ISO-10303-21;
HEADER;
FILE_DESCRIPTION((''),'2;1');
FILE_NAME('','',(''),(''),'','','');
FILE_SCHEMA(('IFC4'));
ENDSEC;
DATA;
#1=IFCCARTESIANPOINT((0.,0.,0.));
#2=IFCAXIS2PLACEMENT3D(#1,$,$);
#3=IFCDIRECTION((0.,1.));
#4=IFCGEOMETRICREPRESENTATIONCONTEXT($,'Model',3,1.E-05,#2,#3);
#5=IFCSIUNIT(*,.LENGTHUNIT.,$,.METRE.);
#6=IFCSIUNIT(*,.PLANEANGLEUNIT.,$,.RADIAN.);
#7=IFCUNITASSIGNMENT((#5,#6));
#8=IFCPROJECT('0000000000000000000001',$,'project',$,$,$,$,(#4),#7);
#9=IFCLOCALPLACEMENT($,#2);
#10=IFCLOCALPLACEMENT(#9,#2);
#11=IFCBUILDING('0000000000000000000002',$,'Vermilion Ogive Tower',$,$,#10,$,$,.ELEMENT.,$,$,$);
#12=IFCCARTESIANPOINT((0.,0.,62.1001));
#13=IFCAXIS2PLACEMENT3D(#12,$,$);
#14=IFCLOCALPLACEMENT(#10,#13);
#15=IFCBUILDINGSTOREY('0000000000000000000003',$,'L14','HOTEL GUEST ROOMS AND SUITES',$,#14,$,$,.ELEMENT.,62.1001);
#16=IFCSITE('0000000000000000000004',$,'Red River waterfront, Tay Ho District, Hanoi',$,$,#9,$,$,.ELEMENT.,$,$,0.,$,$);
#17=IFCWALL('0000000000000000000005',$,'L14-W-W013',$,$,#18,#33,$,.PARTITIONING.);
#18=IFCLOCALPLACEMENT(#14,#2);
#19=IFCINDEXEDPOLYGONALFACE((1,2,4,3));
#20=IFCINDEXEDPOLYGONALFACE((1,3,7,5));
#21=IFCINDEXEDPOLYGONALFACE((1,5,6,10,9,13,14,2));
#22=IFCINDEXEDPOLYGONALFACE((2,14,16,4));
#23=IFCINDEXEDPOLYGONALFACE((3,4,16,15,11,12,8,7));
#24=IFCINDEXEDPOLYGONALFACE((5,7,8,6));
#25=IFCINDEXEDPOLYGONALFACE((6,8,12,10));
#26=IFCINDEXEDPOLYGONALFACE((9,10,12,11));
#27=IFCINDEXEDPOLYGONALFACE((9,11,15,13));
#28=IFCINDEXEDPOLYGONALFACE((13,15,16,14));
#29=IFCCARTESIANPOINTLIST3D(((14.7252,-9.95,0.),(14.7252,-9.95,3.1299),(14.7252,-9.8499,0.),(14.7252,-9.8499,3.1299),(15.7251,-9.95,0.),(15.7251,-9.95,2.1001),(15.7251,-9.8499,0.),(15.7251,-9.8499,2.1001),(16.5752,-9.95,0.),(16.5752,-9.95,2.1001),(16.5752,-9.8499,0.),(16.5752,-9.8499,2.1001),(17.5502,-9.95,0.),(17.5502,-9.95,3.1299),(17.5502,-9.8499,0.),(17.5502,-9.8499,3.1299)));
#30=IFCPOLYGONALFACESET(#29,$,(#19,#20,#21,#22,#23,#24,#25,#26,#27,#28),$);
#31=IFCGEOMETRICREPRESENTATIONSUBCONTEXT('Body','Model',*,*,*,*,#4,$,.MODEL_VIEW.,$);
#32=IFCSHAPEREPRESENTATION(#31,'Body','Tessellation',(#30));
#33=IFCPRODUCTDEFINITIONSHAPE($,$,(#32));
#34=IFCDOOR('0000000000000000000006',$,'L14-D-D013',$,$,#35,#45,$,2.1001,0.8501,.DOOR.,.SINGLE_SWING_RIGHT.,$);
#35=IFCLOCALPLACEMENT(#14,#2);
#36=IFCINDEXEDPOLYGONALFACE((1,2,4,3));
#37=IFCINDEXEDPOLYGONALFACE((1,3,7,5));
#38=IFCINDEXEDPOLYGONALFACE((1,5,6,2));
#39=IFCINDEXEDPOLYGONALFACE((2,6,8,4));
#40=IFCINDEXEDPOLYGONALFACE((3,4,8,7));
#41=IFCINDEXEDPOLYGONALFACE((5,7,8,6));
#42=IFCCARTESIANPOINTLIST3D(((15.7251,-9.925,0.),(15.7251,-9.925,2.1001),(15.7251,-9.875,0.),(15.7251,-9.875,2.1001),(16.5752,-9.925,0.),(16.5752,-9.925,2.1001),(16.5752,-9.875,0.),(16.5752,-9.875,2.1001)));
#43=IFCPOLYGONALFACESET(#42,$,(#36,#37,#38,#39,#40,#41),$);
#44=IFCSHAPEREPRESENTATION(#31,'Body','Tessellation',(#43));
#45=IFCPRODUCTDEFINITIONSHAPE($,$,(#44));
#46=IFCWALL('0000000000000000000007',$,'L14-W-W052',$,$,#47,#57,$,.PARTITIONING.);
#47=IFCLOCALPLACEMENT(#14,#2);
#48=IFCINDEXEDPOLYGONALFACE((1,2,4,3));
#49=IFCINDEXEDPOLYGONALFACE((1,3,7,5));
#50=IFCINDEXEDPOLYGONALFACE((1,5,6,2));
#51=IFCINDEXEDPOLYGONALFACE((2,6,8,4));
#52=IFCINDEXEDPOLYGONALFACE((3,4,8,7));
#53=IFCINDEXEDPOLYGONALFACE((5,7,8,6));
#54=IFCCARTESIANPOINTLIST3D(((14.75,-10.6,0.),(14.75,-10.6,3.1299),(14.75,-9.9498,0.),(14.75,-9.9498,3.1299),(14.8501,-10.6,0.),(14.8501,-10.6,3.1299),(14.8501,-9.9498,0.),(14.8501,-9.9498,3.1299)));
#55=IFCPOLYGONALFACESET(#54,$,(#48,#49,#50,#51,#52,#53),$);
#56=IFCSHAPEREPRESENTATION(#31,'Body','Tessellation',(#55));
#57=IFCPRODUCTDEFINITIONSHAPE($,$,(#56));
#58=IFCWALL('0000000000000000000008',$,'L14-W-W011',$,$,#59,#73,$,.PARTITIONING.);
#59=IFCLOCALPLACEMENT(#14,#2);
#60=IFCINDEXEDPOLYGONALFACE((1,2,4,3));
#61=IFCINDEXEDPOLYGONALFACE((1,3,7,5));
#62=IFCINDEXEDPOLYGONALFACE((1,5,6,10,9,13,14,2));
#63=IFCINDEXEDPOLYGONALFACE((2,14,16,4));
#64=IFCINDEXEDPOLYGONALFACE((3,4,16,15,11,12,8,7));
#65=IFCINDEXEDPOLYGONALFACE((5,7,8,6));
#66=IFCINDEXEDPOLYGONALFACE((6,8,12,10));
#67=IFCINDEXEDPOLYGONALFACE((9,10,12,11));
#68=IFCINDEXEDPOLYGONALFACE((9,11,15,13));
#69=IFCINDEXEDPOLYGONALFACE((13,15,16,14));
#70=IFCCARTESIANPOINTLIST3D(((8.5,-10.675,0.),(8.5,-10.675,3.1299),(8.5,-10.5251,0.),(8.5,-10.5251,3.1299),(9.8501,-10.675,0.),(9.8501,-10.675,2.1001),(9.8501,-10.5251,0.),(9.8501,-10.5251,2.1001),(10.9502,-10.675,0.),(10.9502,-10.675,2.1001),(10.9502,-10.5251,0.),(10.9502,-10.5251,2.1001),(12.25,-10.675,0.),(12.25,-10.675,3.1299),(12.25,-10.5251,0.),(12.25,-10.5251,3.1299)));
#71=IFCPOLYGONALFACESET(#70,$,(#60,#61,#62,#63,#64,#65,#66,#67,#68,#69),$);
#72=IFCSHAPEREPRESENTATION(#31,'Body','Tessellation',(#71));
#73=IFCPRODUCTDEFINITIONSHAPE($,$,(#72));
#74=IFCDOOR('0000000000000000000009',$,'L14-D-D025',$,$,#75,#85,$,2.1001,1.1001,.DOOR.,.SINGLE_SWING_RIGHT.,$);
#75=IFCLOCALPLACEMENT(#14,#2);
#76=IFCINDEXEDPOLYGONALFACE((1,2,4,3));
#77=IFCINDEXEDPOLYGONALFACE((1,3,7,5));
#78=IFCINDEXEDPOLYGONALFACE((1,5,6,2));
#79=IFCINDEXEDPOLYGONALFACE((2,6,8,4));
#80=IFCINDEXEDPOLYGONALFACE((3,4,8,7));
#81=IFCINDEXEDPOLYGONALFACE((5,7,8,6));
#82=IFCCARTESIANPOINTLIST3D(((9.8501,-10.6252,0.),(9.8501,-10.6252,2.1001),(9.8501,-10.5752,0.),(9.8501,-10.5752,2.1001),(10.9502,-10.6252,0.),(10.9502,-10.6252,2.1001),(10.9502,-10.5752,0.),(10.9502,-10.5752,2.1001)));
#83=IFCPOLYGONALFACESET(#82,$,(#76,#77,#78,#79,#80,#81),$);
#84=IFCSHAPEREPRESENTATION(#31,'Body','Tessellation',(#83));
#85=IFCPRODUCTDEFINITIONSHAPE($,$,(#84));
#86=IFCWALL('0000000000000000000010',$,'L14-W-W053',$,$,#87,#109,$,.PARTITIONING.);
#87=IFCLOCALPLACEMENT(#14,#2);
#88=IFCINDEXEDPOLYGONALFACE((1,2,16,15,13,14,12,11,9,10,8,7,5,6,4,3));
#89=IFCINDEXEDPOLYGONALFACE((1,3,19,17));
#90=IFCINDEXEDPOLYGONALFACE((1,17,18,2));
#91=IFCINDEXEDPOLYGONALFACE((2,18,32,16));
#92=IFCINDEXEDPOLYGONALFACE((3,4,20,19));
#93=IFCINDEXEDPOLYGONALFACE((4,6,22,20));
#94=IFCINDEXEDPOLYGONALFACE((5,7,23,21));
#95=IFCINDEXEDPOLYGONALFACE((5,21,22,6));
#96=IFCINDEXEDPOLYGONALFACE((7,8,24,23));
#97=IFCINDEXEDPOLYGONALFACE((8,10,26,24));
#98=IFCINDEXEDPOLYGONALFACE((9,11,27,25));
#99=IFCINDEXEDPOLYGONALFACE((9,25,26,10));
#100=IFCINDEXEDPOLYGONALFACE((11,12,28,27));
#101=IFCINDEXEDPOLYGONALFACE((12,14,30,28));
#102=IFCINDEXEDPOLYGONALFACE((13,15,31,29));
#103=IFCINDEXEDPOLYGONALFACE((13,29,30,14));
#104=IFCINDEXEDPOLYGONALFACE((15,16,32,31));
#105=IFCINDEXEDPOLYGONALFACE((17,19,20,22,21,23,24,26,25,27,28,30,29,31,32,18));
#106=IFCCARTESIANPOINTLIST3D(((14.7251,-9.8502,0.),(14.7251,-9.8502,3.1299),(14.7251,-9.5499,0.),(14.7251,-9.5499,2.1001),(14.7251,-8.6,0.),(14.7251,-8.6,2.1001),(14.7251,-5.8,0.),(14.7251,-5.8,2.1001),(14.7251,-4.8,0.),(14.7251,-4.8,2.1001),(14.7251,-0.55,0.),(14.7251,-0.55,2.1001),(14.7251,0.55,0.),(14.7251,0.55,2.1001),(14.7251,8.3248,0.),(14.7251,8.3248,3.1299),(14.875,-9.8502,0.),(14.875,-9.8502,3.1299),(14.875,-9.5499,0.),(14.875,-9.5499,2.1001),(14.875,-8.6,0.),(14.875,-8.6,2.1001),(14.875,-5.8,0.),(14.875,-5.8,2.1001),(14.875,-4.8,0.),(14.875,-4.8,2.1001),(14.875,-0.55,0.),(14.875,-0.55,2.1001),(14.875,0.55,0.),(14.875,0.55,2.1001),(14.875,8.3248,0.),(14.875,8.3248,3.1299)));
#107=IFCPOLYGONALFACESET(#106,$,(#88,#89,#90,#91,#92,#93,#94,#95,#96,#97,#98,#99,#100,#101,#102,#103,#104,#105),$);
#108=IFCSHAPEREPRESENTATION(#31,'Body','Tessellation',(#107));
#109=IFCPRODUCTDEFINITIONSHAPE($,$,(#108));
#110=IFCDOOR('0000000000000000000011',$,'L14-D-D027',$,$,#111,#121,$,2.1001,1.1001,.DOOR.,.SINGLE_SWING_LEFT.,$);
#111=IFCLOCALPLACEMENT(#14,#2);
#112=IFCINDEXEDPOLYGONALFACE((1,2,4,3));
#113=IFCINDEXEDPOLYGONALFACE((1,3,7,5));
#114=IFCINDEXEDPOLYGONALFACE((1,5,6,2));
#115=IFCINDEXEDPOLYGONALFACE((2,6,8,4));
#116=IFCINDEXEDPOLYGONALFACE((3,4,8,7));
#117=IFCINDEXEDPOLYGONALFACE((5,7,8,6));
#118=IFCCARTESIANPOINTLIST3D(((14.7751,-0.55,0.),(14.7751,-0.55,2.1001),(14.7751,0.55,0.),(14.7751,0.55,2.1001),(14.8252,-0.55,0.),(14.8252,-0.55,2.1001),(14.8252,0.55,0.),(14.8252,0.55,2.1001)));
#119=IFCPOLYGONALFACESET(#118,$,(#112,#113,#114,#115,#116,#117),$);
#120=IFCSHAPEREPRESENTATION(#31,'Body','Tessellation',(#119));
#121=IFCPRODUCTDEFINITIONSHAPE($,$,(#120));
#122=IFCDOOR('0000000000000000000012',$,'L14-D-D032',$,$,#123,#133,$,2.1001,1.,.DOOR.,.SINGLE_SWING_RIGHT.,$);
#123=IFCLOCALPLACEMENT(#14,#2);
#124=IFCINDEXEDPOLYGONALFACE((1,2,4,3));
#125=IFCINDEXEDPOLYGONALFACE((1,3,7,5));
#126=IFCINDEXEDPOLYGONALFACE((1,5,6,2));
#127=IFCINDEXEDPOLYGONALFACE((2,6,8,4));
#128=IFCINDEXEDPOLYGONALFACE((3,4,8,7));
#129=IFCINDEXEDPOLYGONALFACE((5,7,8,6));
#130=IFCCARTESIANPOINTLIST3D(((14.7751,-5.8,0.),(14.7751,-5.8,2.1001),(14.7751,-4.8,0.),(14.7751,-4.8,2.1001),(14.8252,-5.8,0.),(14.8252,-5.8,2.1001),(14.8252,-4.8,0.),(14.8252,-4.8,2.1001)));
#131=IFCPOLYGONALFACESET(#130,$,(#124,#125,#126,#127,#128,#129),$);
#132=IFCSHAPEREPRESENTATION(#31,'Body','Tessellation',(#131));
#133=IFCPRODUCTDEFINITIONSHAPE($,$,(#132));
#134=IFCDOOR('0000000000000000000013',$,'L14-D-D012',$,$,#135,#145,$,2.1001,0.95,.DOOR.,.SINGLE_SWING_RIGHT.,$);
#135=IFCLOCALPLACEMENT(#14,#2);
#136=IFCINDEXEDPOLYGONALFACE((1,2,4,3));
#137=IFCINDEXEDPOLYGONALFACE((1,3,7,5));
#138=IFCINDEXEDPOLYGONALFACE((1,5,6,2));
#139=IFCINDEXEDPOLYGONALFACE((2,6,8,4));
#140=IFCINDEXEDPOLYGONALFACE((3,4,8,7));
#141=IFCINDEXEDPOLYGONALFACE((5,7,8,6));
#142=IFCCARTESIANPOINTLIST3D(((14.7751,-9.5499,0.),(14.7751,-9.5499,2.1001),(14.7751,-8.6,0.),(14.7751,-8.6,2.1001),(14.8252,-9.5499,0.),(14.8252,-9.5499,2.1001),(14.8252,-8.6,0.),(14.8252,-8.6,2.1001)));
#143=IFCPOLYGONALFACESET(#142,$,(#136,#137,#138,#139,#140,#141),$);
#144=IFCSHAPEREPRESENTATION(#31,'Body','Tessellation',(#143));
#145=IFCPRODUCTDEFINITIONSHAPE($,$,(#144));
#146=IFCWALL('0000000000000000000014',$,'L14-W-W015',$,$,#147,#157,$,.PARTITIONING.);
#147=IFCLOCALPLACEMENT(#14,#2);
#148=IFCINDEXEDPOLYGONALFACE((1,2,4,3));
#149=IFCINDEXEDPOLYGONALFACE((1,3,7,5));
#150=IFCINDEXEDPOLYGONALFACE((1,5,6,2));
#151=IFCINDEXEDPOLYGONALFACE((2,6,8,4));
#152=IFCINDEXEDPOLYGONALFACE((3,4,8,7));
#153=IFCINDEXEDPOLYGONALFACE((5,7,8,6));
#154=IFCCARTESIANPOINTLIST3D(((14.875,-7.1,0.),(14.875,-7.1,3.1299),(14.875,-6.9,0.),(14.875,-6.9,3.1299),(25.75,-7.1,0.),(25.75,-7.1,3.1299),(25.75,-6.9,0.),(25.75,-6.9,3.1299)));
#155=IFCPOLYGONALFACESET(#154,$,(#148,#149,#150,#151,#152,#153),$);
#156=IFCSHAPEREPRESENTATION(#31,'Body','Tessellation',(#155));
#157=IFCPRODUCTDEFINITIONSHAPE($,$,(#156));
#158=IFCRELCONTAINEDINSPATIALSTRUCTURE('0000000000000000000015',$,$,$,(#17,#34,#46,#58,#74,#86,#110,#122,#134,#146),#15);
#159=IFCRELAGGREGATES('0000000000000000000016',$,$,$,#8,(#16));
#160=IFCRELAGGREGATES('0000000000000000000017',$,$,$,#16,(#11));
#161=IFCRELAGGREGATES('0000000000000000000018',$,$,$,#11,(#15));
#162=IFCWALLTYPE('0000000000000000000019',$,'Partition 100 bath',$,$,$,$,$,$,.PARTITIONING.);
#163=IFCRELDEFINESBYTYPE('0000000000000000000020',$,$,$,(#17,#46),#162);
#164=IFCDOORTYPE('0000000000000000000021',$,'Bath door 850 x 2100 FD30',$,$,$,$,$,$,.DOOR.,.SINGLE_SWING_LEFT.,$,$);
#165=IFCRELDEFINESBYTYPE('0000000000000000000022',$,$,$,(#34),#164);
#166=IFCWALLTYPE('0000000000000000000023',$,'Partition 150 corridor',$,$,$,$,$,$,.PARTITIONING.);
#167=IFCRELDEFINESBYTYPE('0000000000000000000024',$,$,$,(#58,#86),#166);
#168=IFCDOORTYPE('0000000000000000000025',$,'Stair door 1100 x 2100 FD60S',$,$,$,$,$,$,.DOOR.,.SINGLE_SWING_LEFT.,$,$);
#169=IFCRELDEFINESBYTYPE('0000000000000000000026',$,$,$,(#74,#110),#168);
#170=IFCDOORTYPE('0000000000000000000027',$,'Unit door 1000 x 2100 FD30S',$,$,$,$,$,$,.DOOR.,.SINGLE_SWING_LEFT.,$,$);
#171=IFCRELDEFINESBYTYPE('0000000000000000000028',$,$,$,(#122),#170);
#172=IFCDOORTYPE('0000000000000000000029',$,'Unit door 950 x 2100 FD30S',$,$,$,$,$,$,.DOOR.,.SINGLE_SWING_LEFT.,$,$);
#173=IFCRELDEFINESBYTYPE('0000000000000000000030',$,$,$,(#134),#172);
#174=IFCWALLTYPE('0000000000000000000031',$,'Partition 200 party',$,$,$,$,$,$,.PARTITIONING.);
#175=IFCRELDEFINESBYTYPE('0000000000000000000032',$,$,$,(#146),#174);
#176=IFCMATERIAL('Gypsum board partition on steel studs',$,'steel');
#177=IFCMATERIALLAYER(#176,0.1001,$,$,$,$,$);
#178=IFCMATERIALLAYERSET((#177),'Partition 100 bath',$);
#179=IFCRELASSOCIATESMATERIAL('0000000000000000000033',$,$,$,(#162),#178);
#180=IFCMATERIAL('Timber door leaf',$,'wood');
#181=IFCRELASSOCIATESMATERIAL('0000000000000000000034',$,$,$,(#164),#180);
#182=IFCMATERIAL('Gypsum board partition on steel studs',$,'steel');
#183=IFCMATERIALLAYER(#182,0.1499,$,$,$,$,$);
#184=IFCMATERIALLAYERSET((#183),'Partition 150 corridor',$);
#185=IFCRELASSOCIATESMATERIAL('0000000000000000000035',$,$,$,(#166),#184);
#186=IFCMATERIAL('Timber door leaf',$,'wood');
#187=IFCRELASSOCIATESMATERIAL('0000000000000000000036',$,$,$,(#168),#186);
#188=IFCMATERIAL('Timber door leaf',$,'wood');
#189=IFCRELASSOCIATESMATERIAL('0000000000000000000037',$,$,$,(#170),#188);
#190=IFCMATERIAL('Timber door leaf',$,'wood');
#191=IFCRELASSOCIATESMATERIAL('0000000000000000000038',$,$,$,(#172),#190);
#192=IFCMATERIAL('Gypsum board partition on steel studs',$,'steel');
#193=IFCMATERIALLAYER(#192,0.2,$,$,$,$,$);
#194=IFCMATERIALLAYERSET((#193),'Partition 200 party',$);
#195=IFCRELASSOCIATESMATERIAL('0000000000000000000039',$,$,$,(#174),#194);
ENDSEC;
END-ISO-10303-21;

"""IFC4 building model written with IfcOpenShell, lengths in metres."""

from ifc_helpers import new_model, si_unit, direction, frame, frame_2d, origin, place, context, subcontext, project, spatial, rectangle, extrude, material, layer, layer_set, type_object, element, fill, save


model = new_model("IFC4")

# Units and contexts
model_context = context("Model", 3, precision=1e-05, world=origin(), true_north=direction((0.0, 1.0)))
body_context = subcontext(model_context, "Body", "Model", "MODEL_VIEW")
ifc_project = project(units=[si_unit("LENGTHUNIT", "METRE"), si_unit("PLANEANGLEUNIT", "RADIAN")], contexts=[model_context])

# Site, building, storey
site_placement = place(None, origin())
site = spatial("IfcSite", under=ifc_project, at=site_placement, Name="Red River waterfront, Tay Ho District, Hanoi", CompositionType="ELEMENT", RefElevation=0.0)
building_placement = place(site_placement, origin())
building = spatial("IfcBuilding", under=site, at=building_placement, Name="Vermilion Ogive Tower", CompositionType="ELEMENT")
storey_placement = place(building_placement, frame((0.0, 0.0, 62.1001)))
storey = spatial("IfcBuildingStorey", under=building, at=storey_placement, Name="L14", Description="HOTEL GUEST ROOMS AND SUITES", CompositionType="ELEMENT", Elevation=62.1001)

# Wall, opening, door
ifc_material_1 = material(Name="Gypsum board partition on steel studs", Category="steel")
ifc_layer_1 = layer(ifc_material_1, 0.1001)
ifc_layer_set_1 = layer_set([ifc_layer_1], Name="Partition 100 bath")
wall_type_1 = type_object("IfcWallType", Name="Partition 100 bath", PredefinedType="PARTITIONING", material=ifc_layer_set_1)
wall_1_placement = place(storey_placement, frame((14.7251, -9.8999, 0.0), z_axis=(0.0, 0.0, 1.0), x_axis=(1.0, 0.0, 0.0)))
wall_1 = element("IfcWall", 1, at=wall_1_placement, inside=storey, type_object=wall_type_1, Name="L14-W-W013", PredefinedType="PARTITIONING", context=body_context, shape_type="SweptSolid", body=[
    extrude(rectangle(XDim=2.825, YDim=0.1001, at=frame_2d((1.4126, 0.0))), origin(), (0.0, 0.0, 1.0), 3.1299),
])
opening_1_placement = place(wall_1_placement, frame((1.0, 0.0, 0.0)))
opening_1 = element("IfcOpeningElement", 2, at=opening_1_placement, cuts=wall_1, PredefinedType="OPENING", context=body_context, shape_type="SweptSolid", body=[
    extrude(rectangle(XDim=0.8501, YDim=2.1001, at=frame_2d((0.425, 1.05))), frame((0.0, 0.0601, 0.0), z_axis=(0.0, -1.0, 0.0), x_axis=(1.0, 0.0, 0.0)), (0.0, 0.0, 1.0), 0.1201),
])
ifc_material_2 = material(Name="Timber door leaf", Category="wood")
door_type_1 = type_object("IfcDoorType", Name="Bath door 850 x 2100 FD30", OperationType="SINGLE_SWING_LEFT", PredefinedType="DOOR", material=ifc_material_2)
door_1_placement = place(opening_1_placement, origin())
door_1 = element("IfcDoor", 3, at=door_1_placement, inside=storey, type_object=door_type_1, Name="L14-D-D013", OperationType="SINGLE_SWING_RIGHT", OverallHeight=2.1001, OverallWidth=0.8501, PredefinedType="DOOR", context=body_context, shape_type="SweptSolid", body=[
    extrude(rectangle(XDim=0.8501, YDim=2.1001, at=frame_2d((0.425, 1.05))), frame((0.0, 0.0249, 0.0), z_axis=(0.0, -1.0, 0.0), x_axis=(1.0, 0.0, 0.0)), (0.0, 0.0, 1.0), 0.05),
])
fill(opening_1, door_1)

# Wall
wall_2_placement = place(storey_placement, frame((14.8, -10.6001, 0.0), z_axis=(0.0, 0.0, 1.0), x_axis=(0.0, 1.0, 0.0)))
element("IfcWall", 4, at=wall_2_placement, inside=storey, type_object=wall_type_1, Name="L14-W-W052", PredefinedType="PARTITIONING", context=body_context, shape_type="SweptSolid", body=[
    extrude(rectangle(XDim=0.6501, YDim=0.1001, at=frame_2d((0.3252, 0.0))), origin(), (0.0, 0.0, 1.0), 3.1299),
])

# Wall, opening, door
ifc_material_3 = material(Name="Gypsum board partition on steel studs", Category="steel")
ifc_layer_2 = layer(ifc_material_3, 0.1499)
ifc_layer_set_2 = layer_set([ifc_layer_2], Name="Partition 150 corridor")
wall_type_2 = type_object("IfcWallType", Name="Partition 150 corridor", PredefinedType="PARTITIONING", material=ifc_layer_set_2)
wall_3_placement = place(storey_placement, frame((8.5, -10.6001, 0.0), z_axis=(0.0, 0.0, 1.0), x_axis=(1.0, 0.0, 0.0)))
wall_3 = element("IfcWall", 5, at=wall_3_placement, inside=storey, type_object=wall_type_2, Name="L14-W-W011", PredefinedType="PARTITIONING", context=body_context, shape_type="SweptSolid", body=[
    extrude(rectangle(XDim=3.75, YDim=0.1499, at=frame_2d((1.875, 0.0))), origin(), (0.0, 0.0, 1.0), 3.1299),
])
opening_2_placement = place(wall_3_placement, frame((1.3501, 0.0, 0.0)))
opening_2 = element("IfcOpeningElement", 6, at=opening_2_placement, cuts=wall_3, PredefinedType="OPENING", context=body_context, shape_type="SweptSolid", body=[
    extrude(rectangle(XDim=1.1001, YDim=2.1001, at=frame_2d((0.55, 1.05))), frame((0.0, 0.085, 0.0), z_axis=(0.0, -1.0, 0.0), x_axis=(1.0, 0.0, 0.0)), (0.0, 0.0, 1.0), 0.1699),
])
ifc_material_4 = material(Name="Timber door leaf", Category="wood")
door_type_2 = type_object("IfcDoorType", Name="Stair door 1100 x 2100 FD60S", OperationType="SINGLE_SWING_LEFT", PredefinedType="DOOR", material=ifc_material_4)
door_2_placement = place(opening_2_placement, origin())
door_2 = element("IfcDoor", 7, at=door_2_placement, inside=storey, type_object=door_type_2, Name="L14-D-D025", OperationType="SINGLE_SWING_RIGHT", OverallHeight=2.1001, OverallWidth=1.1001, PredefinedType="DOOR", context=body_context, shape_type="SweptSolid", body=[
    extrude(rectangle(XDim=1.1001, YDim=2.1001, at=frame_2d((0.55, 1.05))), frame((0.0, 0.0249, 0.0), z_axis=(0.0, -1.0, 0.0), x_axis=(1.0, 0.0, 0.0)), (0.0, 0.0, 1.0), 0.05),
])
fill(opening_2, door_2)

# Wall, openings, doors
wall_4_placement = place(storey_placement, frame((14.8, -9.8501, 0.0), z_axis=(0.0, 0.0, 1.0), x_axis=(0.0, 1.0, 0.0)))
wall_4 = element("IfcWall", 8, at=wall_4_placement, inside=storey, type_object=wall_type_2, Name="L14-W-W053", PredefinedType="PARTITIONING", context=body_context, shape_type="SweptSolid", body=[
    extrude(rectangle(XDim=18.175, YDim=0.1499, at=frame_2d((9.0874, 0.0))), origin(), (0.0, 0.0, 1.0), 3.1299),
])
opening_3_placement = place(wall_4_placement, frame((0.3, 0.0, 0.0)))
opening_3 = element("IfcOpeningElement", 9, at=opening_3_placement, cuts=wall_4, PredefinedType="OPENING", context=body_context, shape_type="SweptSolid", body=[
    extrude(rectangle(XDim=0.95, YDim=2.1001, at=frame_2d((0.4751, 1.05))), frame((0.0, 0.085, 0.0), z_axis=(0.0, -1.0, 0.0), x_axis=(1.0, 0.0, 0.0)), (0.0, 0.0, 1.0), 0.1699),
])
opening_4_placement = place(wall_4_placement, frame((9.3, 0.0, 0.0)))
opening_4 = element("IfcOpeningElement", 10, at=opening_4_placement, cuts=wall_4, PredefinedType="OPENING", context=body_context, shape_type="SweptSolid", body=[
    extrude(rectangle(XDim=1.1001, YDim=2.1001, at=frame_2d((0.55, 1.05))), frame((0.0, 0.085, 0.0), z_axis=(0.0, -1.0, 0.0), x_axis=(1.0, 0.0, 0.0)), (0.0, 0.0, 1.0), 0.1699),
])
opening_5_placement = place(wall_4_placement, frame((4.05, 0.0, 0.0)))
opening_5 = element("IfcOpeningElement", 11, at=opening_5_placement, cuts=wall_4, PredefinedType="OPENING", context=body_context, shape_type="SweptSolid", body=[
    extrude(rectangle(XDim=1.0, YDim=2.1001, at=frame_2d((0.5, 1.05))), frame((0.0, 0.085, 0.0), z_axis=(0.0, -1.0, 0.0), x_axis=(1.0, 0.0, 0.0)), (0.0, 0.0, 1.0), 0.1699),
])
door_3_placement = place(opening_4_placement, origin())
door_3 = element("IfcDoor", 12, at=door_3_placement, inside=storey, type_object=door_type_2, Name="L14-D-D027", OperationType="SINGLE_SWING_LEFT", OverallHeight=2.1001, OverallWidth=1.1001, PredefinedType="DOOR", context=body_context, shape_type="SweptSolid", body=[
    extrude(rectangle(XDim=1.1001, YDim=2.1001, at=frame_2d((0.55, 1.05))), frame((0.0, 0.0249, 0.0), z_axis=(0.0, -1.0, 0.0), x_axis=(1.0, 0.0, 0.0)), (0.0, 0.0, 1.0), 0.05),
])
fill(opening_4, door_3)
ifc_material_5 = material(Name="Timber door leaf", Category="wood")
door_type_3 = type_object("IfcDoorType", Name="Unit door 1000 x 2100 FD30S", OperationType="SINGLE_SWING_LEFT", PredefinedType="DOOR", material=ifc_material_5)
door_4_placement = place(opening_5_placement, origin())
door_4 = element("IfcDoor", 13, at=door_4_placement, inside=storey, type_object=door_type_3, Name="L14-D-D032", OperationType="SINGLE_SWING_RIGHT", OverallHeight=2.1001, OverallWidth=1.0, PredefinedType="DOOR", context=body_context, shape_type="SweptSolid", body=[
    extrude(rectangle(XDim=1.0, YDim=2.1001, at=frame_2d((0.5, 1.05))), frame((0.0, 0.0249, 0.0), z_axis=(0.0, -1.0, 0.0), x_axis=(1.0, 0.0, 0.0)), (0.0, 0.0, 1.0), 0.05),
])
fill(opening_5, door_4)
ifc_material_6 = material(Name="Timber door leaf", Category="wood")
door_type_4 = type_object("IfcDoorType", Name="Unit door 950 x 2100 FD30S", OperationType="SINGLE_SWING_LEFT", PredefinedType="DOOR", material=ifc_material_6)
door_5_placement = place(opening_3_placement, origin())
door_5 = element("IfcDoor", 14, at=door_5_placement, inside=storey, type_object=door_type_4, Name="L14-D-D012", OperationType="SINGLE_SWING_RIGHT", OverallHeight=2.1001, OverallWidth=0.95, PredefinedType="DOOR", context=body_context, shape_type="SweptSolid", body=[
    extrude(rectangle(XDim=0.95, YDim=2.1001, at=frame_2d((0.4751, 1.05))), frame((0.0, 0.0249, 0.0), z_axis=(0.0, -1.0, 0.0), x_axis=(1.0, 0.0, 0.0)), (0.0, 0.0, 1.0), 0.05),
])
fill(opening_3, door_5)

# Wall
ifc_material_7 = material(Name="Gypsum board partition on steel studs", Category="steel")
ifc_layer_3 = layer(ifc_material_7, 0.2)
ifc_layer_set_3 = layer_set([ifc_layer_3], Name="Partition 200 party")
wall_type_3 = type_object("IfcWallType", Name="Partition 200 party", PredefinedType="PARTITIONING", material=ifc_layer_set_3)
wall_5_placement = place(storey_placement, frame((14.875, -7.0, 0.0), z_axis=(0.0, 0.0, 1.0), x_axis=(1.0, 0.0, 0.0)))
element("IfcWall", 15, at=wall_5_placement, inside=storey, type_object=wall_type_3, Name="L14-W-W015", PredefinedType="PARTITIONING", context=body_context, shape_type="SweptSolid", body=[
    extrude(rectangle(XDim=10.875, YDim=0.2, at=frame_2d((5.4375, 0.0))), origin(), (0.0, 0.0, 1.0), 3.1299),
])

save(model, "model.ifc")
